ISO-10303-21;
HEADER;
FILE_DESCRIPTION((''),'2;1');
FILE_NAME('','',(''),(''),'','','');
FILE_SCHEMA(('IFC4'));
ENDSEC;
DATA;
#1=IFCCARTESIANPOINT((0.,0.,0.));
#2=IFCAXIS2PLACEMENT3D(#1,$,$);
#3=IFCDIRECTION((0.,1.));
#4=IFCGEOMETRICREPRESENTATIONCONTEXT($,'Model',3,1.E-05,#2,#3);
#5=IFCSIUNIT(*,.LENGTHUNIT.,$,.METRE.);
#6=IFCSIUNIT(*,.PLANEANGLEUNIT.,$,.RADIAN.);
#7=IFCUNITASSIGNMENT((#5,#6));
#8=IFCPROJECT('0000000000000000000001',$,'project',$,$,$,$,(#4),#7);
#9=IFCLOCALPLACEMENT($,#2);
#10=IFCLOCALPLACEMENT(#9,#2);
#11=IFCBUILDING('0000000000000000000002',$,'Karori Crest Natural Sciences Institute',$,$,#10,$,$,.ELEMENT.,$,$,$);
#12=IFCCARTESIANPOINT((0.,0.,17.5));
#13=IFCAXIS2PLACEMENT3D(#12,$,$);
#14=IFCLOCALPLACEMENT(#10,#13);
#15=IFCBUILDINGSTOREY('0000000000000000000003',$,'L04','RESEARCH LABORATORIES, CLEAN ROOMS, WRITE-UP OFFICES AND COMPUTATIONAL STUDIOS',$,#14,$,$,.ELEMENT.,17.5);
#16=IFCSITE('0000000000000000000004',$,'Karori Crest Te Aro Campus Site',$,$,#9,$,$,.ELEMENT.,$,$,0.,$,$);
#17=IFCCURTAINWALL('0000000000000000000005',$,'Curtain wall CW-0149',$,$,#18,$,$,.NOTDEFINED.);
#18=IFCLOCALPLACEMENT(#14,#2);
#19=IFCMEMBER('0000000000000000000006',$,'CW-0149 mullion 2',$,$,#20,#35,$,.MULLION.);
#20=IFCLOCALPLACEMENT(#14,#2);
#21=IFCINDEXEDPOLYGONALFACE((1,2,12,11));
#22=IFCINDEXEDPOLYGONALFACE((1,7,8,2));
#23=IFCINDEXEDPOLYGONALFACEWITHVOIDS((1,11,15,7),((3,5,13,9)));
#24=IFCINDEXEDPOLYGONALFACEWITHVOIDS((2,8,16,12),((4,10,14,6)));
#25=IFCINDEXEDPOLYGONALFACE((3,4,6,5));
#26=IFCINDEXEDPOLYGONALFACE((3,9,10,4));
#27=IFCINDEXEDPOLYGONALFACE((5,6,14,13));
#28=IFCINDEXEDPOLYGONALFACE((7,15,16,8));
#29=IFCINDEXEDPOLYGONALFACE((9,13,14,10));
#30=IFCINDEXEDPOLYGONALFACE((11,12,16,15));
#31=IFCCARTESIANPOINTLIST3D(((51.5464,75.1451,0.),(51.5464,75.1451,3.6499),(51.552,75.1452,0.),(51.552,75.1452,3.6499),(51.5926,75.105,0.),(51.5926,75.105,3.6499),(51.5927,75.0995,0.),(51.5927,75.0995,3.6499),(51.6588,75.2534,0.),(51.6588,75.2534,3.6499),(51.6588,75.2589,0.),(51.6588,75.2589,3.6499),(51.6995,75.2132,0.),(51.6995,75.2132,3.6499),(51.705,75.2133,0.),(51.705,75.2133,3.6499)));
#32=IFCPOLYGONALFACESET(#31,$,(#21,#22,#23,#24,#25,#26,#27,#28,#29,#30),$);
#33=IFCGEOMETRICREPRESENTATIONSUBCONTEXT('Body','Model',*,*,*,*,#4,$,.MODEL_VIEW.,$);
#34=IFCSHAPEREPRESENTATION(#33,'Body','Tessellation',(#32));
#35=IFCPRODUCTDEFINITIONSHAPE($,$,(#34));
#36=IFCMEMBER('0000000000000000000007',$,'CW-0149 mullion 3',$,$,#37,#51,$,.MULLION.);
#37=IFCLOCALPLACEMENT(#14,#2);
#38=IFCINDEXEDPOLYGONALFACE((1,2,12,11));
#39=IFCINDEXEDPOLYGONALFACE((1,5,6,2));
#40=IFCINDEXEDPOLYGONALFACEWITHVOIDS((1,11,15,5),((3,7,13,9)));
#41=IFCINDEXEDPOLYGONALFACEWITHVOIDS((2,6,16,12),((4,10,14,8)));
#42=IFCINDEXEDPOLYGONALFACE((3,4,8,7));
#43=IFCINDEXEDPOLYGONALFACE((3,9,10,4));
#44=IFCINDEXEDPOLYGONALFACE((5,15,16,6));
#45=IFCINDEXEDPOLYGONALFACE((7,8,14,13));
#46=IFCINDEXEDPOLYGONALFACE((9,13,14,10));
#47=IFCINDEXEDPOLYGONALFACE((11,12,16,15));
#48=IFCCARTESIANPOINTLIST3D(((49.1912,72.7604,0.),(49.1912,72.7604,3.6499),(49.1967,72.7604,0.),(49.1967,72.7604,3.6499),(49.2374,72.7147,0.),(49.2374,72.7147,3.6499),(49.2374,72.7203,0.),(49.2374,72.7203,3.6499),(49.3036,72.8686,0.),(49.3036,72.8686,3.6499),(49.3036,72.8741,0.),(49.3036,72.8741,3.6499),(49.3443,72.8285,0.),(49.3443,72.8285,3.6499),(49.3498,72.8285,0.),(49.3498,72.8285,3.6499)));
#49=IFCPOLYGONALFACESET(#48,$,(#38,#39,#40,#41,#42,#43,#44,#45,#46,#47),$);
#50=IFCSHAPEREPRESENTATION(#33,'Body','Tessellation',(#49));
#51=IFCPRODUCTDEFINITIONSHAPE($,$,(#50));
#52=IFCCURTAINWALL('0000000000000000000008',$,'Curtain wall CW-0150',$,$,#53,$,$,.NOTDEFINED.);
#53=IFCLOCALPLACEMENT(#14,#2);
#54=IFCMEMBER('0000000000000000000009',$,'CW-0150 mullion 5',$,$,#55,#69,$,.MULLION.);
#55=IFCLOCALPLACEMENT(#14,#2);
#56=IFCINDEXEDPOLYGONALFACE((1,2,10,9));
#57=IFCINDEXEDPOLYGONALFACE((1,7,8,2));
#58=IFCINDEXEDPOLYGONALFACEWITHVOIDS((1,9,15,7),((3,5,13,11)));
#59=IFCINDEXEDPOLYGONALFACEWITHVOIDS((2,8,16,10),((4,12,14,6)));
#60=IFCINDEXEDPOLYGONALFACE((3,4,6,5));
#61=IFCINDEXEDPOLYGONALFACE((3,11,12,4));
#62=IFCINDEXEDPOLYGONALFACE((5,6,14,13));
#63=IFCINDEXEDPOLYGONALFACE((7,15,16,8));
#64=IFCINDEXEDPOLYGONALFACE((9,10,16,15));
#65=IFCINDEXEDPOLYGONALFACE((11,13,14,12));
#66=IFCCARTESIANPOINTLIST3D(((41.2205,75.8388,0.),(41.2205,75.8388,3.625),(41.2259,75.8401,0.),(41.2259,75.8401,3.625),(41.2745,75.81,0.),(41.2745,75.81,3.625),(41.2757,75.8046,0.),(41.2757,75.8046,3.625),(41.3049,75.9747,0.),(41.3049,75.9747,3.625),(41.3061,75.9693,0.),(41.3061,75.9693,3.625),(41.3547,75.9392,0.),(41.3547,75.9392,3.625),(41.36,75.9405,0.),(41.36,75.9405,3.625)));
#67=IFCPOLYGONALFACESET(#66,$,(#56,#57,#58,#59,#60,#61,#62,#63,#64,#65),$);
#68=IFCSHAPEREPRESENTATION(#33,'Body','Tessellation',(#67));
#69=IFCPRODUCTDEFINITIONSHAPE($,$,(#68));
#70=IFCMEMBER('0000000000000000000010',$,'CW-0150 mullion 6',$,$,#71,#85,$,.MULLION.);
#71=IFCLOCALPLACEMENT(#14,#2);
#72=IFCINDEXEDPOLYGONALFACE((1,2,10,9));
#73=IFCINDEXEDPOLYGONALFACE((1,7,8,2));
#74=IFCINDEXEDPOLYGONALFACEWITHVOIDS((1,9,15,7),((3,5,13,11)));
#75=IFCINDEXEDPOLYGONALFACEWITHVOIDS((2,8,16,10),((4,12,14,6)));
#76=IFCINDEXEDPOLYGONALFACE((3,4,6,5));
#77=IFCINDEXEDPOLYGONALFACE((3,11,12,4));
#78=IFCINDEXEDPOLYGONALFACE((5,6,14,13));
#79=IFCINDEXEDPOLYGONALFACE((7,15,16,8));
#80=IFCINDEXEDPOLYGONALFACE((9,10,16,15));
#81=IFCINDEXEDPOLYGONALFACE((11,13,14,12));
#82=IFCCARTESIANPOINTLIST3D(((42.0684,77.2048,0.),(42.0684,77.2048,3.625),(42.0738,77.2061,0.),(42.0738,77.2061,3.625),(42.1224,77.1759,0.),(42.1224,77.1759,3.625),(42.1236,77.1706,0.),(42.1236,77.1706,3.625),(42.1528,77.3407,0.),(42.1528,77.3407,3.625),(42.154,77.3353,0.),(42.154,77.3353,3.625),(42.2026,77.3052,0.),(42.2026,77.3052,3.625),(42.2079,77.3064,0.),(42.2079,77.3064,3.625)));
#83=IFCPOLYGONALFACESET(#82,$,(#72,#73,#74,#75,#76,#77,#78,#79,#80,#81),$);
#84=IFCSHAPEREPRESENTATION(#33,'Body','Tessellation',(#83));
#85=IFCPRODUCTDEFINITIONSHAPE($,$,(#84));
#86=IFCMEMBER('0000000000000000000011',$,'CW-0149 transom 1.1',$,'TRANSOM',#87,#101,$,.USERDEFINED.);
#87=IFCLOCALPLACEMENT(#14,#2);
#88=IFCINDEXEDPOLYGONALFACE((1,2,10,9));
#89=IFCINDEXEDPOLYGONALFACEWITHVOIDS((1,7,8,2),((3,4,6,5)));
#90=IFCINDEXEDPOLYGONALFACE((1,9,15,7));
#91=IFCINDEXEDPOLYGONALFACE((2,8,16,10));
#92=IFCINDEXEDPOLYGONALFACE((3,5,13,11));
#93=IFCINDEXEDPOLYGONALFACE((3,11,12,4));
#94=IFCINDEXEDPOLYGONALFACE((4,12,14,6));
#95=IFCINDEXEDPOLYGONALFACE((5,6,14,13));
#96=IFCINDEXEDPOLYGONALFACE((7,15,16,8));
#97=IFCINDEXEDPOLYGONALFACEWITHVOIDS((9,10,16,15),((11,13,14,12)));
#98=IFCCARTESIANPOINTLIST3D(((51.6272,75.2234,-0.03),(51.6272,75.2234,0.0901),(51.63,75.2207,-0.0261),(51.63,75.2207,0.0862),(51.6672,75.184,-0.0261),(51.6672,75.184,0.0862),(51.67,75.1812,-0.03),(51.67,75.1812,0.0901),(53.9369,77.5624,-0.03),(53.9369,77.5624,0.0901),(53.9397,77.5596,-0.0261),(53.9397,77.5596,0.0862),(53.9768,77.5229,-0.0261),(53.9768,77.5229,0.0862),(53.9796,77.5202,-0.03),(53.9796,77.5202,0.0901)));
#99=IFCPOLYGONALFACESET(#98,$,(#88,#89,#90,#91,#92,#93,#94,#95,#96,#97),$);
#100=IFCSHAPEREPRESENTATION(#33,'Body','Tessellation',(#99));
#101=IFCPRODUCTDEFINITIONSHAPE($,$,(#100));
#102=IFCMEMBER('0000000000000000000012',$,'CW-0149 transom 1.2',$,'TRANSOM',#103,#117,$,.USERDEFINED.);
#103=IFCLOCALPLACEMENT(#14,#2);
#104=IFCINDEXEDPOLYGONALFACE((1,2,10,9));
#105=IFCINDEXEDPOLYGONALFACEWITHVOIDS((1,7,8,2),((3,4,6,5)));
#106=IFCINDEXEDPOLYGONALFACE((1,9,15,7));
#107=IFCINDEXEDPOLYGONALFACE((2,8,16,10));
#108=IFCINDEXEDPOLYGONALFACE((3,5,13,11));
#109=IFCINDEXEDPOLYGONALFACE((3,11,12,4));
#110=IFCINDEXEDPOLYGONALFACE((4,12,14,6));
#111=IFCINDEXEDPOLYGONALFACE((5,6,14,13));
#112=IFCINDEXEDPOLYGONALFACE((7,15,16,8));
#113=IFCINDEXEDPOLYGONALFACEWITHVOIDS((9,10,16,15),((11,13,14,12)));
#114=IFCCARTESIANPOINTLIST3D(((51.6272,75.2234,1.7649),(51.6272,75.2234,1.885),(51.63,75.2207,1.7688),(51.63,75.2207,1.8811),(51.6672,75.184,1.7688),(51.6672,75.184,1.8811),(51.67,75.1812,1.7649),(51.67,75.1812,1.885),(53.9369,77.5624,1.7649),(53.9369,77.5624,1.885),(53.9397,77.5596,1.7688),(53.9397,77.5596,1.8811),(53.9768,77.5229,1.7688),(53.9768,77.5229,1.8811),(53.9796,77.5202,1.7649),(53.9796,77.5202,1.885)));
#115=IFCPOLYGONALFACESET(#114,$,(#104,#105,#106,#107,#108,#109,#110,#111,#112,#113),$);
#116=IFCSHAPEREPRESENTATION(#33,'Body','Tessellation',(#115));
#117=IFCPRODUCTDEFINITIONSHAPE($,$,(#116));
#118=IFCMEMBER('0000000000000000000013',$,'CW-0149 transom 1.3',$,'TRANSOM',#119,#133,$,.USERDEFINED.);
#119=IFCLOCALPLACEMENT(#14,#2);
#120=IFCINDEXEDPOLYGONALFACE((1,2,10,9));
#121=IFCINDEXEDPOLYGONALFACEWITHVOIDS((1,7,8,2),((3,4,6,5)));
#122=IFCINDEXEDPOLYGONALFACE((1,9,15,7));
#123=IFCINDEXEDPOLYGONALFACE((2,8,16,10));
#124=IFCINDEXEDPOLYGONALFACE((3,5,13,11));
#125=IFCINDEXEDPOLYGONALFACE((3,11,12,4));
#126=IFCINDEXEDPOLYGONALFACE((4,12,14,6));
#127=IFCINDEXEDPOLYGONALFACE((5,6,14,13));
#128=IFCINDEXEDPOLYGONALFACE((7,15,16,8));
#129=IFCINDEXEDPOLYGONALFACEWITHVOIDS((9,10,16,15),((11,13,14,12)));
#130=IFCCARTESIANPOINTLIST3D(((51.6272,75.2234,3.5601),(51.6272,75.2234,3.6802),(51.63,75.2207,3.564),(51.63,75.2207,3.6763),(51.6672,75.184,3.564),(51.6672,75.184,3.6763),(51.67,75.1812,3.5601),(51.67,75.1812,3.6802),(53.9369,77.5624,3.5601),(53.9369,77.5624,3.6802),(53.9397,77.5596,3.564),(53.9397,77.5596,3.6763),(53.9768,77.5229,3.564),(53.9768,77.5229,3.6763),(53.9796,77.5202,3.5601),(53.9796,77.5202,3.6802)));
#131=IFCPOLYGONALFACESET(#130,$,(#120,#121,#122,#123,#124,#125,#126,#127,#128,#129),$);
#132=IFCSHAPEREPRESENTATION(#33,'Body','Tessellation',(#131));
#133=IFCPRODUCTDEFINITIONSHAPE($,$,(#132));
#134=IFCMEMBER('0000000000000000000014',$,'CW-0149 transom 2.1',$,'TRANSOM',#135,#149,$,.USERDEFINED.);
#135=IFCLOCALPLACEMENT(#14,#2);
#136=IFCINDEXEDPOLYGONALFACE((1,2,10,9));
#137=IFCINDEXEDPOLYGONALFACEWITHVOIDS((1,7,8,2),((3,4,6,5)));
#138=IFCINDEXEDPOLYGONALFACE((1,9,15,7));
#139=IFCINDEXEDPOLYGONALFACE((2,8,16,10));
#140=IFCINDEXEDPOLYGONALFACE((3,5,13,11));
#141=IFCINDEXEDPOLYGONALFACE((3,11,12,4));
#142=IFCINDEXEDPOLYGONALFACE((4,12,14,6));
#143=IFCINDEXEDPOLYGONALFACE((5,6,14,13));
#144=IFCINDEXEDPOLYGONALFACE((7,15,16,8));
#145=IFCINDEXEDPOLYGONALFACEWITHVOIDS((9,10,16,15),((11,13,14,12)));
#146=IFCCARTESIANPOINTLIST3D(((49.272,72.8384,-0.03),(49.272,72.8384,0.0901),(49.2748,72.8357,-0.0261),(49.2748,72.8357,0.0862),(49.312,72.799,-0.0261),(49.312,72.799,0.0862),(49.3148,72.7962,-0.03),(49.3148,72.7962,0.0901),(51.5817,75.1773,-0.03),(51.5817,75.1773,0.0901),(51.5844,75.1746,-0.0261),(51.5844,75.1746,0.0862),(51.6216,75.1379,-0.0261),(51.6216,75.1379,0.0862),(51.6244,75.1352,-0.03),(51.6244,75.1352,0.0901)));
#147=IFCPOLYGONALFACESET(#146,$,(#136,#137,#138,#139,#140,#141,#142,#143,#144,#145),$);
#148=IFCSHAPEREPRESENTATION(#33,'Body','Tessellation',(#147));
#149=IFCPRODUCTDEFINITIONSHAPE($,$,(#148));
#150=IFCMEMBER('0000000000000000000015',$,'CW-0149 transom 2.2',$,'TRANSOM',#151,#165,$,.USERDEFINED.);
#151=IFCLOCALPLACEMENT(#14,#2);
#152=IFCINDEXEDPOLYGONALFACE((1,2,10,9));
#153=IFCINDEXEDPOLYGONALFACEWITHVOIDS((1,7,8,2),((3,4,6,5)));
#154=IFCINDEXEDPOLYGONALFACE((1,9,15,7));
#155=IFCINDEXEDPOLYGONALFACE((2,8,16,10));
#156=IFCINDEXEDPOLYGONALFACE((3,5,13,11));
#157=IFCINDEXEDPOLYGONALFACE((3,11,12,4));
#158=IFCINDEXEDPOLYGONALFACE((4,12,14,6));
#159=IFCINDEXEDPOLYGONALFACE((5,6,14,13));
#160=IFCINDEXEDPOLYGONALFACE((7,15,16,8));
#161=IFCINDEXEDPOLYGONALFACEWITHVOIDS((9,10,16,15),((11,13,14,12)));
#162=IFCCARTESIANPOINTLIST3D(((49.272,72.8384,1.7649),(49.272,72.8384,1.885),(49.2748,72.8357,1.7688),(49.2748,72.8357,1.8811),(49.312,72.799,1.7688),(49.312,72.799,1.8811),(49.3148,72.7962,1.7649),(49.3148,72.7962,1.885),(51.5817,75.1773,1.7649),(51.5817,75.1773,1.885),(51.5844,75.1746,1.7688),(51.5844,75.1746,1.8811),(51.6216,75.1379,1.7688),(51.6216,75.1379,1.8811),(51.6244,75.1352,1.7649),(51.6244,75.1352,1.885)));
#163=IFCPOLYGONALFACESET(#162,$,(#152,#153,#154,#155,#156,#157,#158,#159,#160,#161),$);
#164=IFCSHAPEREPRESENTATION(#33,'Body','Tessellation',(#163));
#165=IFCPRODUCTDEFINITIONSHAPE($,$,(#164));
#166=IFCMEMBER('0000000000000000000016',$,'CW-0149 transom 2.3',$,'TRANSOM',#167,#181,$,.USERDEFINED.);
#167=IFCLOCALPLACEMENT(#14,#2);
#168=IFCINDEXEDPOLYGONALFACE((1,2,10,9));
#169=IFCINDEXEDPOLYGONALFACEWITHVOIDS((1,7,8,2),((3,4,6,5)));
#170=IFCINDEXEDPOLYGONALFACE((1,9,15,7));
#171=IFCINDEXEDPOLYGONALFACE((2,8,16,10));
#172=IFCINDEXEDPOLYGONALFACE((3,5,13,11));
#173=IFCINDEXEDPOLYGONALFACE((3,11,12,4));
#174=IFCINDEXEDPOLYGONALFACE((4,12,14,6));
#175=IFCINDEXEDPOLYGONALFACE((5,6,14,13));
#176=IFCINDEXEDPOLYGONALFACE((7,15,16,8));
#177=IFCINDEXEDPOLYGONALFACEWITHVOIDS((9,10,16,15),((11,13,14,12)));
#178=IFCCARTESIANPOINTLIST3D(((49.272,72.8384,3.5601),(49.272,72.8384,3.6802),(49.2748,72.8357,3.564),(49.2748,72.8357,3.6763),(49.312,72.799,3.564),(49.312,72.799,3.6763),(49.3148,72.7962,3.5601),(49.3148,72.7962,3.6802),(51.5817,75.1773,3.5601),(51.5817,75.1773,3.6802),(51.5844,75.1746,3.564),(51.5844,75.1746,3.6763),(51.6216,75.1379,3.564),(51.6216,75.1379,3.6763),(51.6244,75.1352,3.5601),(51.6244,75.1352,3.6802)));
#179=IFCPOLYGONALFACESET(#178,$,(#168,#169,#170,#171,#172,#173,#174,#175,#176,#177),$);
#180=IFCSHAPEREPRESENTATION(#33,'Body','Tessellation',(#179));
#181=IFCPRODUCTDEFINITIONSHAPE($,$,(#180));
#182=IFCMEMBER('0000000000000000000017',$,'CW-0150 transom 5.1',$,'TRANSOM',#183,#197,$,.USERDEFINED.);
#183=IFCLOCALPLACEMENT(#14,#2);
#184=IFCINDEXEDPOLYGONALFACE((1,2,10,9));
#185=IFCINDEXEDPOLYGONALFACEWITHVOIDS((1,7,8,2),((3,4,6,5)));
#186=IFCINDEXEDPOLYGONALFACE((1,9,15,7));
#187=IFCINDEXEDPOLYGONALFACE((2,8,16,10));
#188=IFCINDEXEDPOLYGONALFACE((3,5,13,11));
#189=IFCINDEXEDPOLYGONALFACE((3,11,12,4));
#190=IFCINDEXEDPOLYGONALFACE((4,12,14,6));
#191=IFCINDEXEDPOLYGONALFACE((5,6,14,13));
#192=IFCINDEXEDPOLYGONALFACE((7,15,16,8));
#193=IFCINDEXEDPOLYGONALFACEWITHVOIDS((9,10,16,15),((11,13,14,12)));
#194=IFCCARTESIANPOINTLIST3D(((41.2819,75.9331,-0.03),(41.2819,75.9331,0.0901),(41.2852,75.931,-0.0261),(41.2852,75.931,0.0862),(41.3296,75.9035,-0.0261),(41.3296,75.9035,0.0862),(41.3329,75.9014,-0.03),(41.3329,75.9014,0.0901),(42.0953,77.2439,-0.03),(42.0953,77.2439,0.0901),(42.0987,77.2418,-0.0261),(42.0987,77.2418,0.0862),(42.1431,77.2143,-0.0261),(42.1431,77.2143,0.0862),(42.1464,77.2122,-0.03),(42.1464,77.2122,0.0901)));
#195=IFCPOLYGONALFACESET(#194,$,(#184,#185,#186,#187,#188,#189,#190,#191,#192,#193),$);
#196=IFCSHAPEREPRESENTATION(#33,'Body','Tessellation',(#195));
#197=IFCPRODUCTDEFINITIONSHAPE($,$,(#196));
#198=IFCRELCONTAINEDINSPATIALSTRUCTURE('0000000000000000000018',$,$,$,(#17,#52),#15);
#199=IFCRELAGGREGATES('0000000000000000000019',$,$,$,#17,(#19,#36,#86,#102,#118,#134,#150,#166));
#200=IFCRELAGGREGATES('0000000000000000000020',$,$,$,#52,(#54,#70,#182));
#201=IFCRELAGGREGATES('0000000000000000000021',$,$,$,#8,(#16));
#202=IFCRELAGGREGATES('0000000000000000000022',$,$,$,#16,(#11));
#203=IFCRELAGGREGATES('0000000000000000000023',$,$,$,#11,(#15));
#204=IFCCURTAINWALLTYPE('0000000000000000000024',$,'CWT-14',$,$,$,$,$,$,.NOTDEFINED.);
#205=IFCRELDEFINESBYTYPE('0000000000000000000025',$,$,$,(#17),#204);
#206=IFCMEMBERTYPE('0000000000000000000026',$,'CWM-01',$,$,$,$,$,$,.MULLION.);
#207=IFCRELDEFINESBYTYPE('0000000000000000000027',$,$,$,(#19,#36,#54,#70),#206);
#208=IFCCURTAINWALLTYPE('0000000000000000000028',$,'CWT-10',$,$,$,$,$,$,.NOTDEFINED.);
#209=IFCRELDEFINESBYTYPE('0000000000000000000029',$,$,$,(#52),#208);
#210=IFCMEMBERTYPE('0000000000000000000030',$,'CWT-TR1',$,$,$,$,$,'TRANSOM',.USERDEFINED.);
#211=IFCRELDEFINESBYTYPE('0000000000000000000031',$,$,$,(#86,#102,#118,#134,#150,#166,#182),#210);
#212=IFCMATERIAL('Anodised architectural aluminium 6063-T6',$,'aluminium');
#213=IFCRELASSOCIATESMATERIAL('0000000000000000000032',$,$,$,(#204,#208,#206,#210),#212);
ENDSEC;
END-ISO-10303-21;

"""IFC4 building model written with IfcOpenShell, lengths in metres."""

from ifc_helpers import new_model, si_unit, direction, frame, origin, origin_2d, place, context, subcontext, project, spatial, hollow_rectangle, extrude, material, material_profile, profile_set, type_object, element, aggregate, save


model = new_model("IFC4")

# Units and contexts
model_context = context("Model", 3, precision=1e-05, world=origin(), true_north=direction((0.0, 1.0)))
body_context = subcontext(model_context, "Body", "Model", "MODEL_VIEW")
ifc_project = project(units=[si_unit("LENGTHUNIT", "METRE"), si_unit("PLANEANGLEUNIT", "RADIAN")], contexts=[model_context])

# Site, building, storey
site_placement = place(None, origin())
site = spatial("IfcSite", under=ifc_project, at=site_placement, Name="Karori Crest Te Aro Campus Site", CompositionType="ELEMENT", RefElevation=0.0)
building_placement = place(site_placement, origin())
building = spatial("IfcBuilding", under=site, at=building_placement, Name="Karori Crest Natural Sciences Institute", CompositionType="ELEMENT")
storey_placement = place(building_placement, frame((0.0, 0.0, 17.5)))
storey = spatial("IfcBuildingStorey", under=building, at=storey_placement, Name="L04", Description="RESEARCH LABORATORIES, CLEAN ROOMS, WRITE-UP OFFICES AND COMPUTATIONAL STUDIOS", CompositionType="ELEMENT", Elevation=17.5)

# Curtain walls, members
ifc_material_1 = material(Name="Anodised architectural aluminium 6063-T6", Category="aluminium")
curtain_wall_type_1 = type_object("IfcCurtainWallType", Name="CWT-14", PredefinedType="NOTDEFINED", material=ifc_material_1)
curtain_wall_1_placement = place(storey_placement, origin())
curtain_wall_1 = element("IfcCurtainWall", 1, at=curtain_wall_1_placement, inside=storey, type_object=curtain_wall_type_1, Name="Curtain wall CW-0149", PredefinedType="NOTDEFINED")
ifc_material_profile_1 = material_profile(ifc_material_1, hollow_rectangle(XDim=0.0649, YDim=0.1599, WallThickness=0.0039, at=origin_2d()), Name="CWM160x65x4")
ifc_profile_set_1 = profile_set([ifc_material_profile_1], Name="Anodised architectural aluminium 6063-T6")
member_type_1 = type_object("IfcMemberType", Name="CWM-01", PredefinedType="MULLION", material=ifc_profile_set_1)
member_1_placement = place(storey_placement, frame((51.6257, 75.1792, 0.0), z_axis=(0.0, 0.0, 1.0), x_axis=(0.711525, -0.702661, 0.0)))
member_1 = element("IfcMember", 2, at=member_1_placement, type_object=member_type_1, Name="CW-0149 mullion 2", PredefinedType="MULLION", context=body_context, shape_type="SweptSolid", body=[
    extrude(hollow_rectangle(XDim=0.0649, YDim=0.1599, WallThickness=0.0039, at=origin_2d()), origin(), (0.0, 0.0, 1.0), 3.6499),
])
member_2_placement = place(storey_placement, frame((49.2705, 72.7944, 0.0), z_axis=(0.0, 0.0, 1.0), x_axis=(0.711525, -0.702661, 0.0)))
member_2 = element("IfcMember", 3, at=member_2_placement, type_object=member_type_1, Name="CW-0149 mullion 3", PredefinedType="MULLION", context=body_context, shape_type="SweptSolid", body=[
    extrude(hollow_rectangle(XDim=0.0649, YDim=0.1599, WallThickness=0.0039, at=origin_2d()), origin(), (0.0, 0.0, 1.0), 3.6499),
])
curtain_wall_type_2 = type_object("IfcCurtainWallType", Name="CWT-10", PredefinedType="NOTDEFINED", material=ifc_material_1)
curtain_wall_2_placement = place(storey_placement, origin())
curtain_wall_2 = element("IfcCurtainWall", 4, at=curtain_wall_2_placement, inside=storey, type_object=curtain_wall_type_2, Name="Curtain wall CW-0150", PredefinedType="NOTDEFINED")
member_3_placement = place(storey_placement, frame((41.2903, 75.8896, 0.0), z_axis=(0.0, 0.0, 1.0), x_axis=(-0.849664, 0.527324, 0.0)))
member_3 = element("IfcMember", 5, at=member_3_placement, type_object=member_type_1, Name="CW-0150 mullion 5", PredefinedType="MULLION", context=body_context, shape_type="SweptSolid", body=[
    extrude(hollow_rectangle(XDim=0.0649, YDim=0.1599, WallThickness=0.0039, at=origin_2d()), origin(), (0.0, 0.0, 1.0), 3.625),
])
member_4_placement = place(storey_placement, frame((42.1382, 77.2556, 0.0), z_axis=(0.0, 0.0, 1.0), x_axis=(-0.849664, 0.527324, 0.0)))
member_4 = element("IfcMember", 6, at=member_4_placement, type_object=member_type_1, Name="CW-0150 mullion 6", PredefinedType="MULLION", context=body_context, shape_type="SweptSolid", body=[
    extrude(hollow_rectangle(XDim=0.0649, YDim=0.1599, WallThickness=0.0039, at=origin_2d()), origin(), (0.0, 0.0, 1.0), 3.625),
])

# Members
ifc_material_profile_2 = material_profile(ifc_material_1, hollow_rectangle(XDim=0.0601, YDim=0.1201, WallThickness=0.0039, at=origin_2d()), Name="CWT120x60x4")
ifc_profile_set_2 = profile_set([ifc_material_profile_2], Name="Anodised architectural aluminium 6063-T6")
member_type_2 = type_object("IfcMemberType", Name="CWT-TR1", ElementType="TRANSOM", PredefinedType="USERDEFINED", material=ifc_profile_set_2)
member_5_placement = place(storey_placement, frame((53.9583, 77.5413, 0.03), z_axis=(-0.702636, -0.711549, 0.0), x_axis=(0.711549, -0.702636, 0.0)))
member_5 = element("IfcMember", 7, at=member_5_placement, type_object=member_type_2, Name="CW-0149 transom 1.1", ObjectType="TRANSOM", PredefinedType="USERDEFINED", context=body_context, shape_type="SweptSolid", body=[
    extrude(hollow_rectangle(XDim=0.0601, YDim=0.1201, WallThickness=0.0039, at=origin_2d()), origin(), (0.0, 0.0, 1.0), 3.2871),
])
member_6_placement = place(storey_placement, frame((53.9583, 77.5413, 1.825), z_axis=(-0.702636, -0.711549, 0.0), x_axis=(0.711549, -0.702636, 0.0)))
member_6 = element("IfcMember", 8, at=member_6_placement, type_object=member_type_2, Name="CW-0149 transom 1.2", ObjectType="TRANSOM", PredefinedType="USERDEFINED", context=body_context, shape_type="SweptSolid", body=[
    extrude(hollow_rectangle(XDim=0.0601, YDim=0.1201, WallThickness=0.0039, at=origin_2d()), origin(), (0.0, 0.0, 1.0), 3.2871),
])
member_7_placement = place(storey_placement, frame((53.9583, 77.5413, 3.6201), z_axis=(-0.702636, -0.711549, 0.0), x_axis=(0.711549, -0.702636, 0.0)))
member_7 = element("IfcMember", 9, at=member_7_placement, type_object=member_type_2, Name="CW-0149 transom 1.3", ObjectType="TRANSOM", PredefinedType="USERDEFINED", context=body_context, shape_type="SweptSolid", body=[
    extrude(hollow_rectangle(XDim=0.0601, YDim=0.1201, WallThickness=0.0039, at=origin_2d()), origin(), (0.0, 0.0, 1.0), 3.2871),
])
member_8_placement = place(storey_placement, frame((51.603, 75.1562, 0.03), z_axis=(-0.702636, -0.711549, 0.0), x_axis=(0.711549, -0.702636, 0.0)))
member_8 = element("IfcMember", 10, at=member_8_placement, type_object=member_type_2, Name="CW-0149 transom 2.1", ObjectType="TRANSOM", PredefinedType="USERDEFINED", context=body_context, shape_type="SweptSolid", body=[
    extrude(hollow_rectangle(XDim=0.0601, YDim=0.1201, WallThickness=0.0039, at=origin_2d()), origin(), (0.0, 0.0, 1.0), 3.2871),
])
member_9_placement = place(storey_placement, frame((51.603, 75.1562, 1.825), z_axis=(-0.702636, -0.711549, 0.0), x_axis=(0.711549, -0.702636, 0.0)))
member_9 = element("IfcMember", 11, at=member_9_placement, type_object=member_type_2, Name="CW-0149 transom 2.2", ObjectType="TRANSOM", PredefinedType="USERDEFINED", context=body_context, shape_type="SweptSolid", body=[
    extrude(hollow_rectangle(XDim=0.0601, YDim=0.1201, WallThickness=0.0039, at=origin_2d()), origin(), (0.0, 0.0, 1.0), 3.2871),
])
member_10_placement = place(storey_placement, frame((51.603, 75.1562, 3.6201), z_axis=(-0.702636, -0.711549, 0.0), x_axis=(0.711549, -0.702636, 0.0)))
member_10 = element("IfcMember", 12, at=member_10_placement, type_object=member_type_2, Name="CW-0149 transom 2.3", ObjectType="TRANSOM", PredefinedType="USERDEFINED", context=body_context, shape_type="SweptSolid", body=[
    extrude(hollow_rectangle(XDim=0.0601, YDim=0.1201, WallThickness=0.0039, at=origin_2d()), origin(), (0.0, 0.0, 1.0), 3.2871),
])
member_11_placement = place(storey_placement, frame((41.3074, 75.9172, 0.03), z_axis=(0.527308, 0.849674, 0.0), x_axis=(-0.849674, 0.527308, 0.0)))
member_11 = element("IfcMember", 13, at=member_11_placement, type_object=member_type_2, Name="CW-0150 transom 5.1", ObjectType="TRANSOM", PredefinedType="USERDEFINED", context=body_context, shape_type="SweptSolid", body=[
    extrude(hollow_rectangle(XDim=0.0601, YDim=0.1201, WallThickness=0.0039, at=origin_2d()), origin(), (0.0, 0.0, 1.0), 1.5427),
])

aggregate(curtain_wall_1, [member_1, member_2, member_5, member_6, member_7, member_8, member_9, member_10])
aggregate(curtain_wall_2, [member_3, member_4, member_11])

save(model, "model.ifc")
